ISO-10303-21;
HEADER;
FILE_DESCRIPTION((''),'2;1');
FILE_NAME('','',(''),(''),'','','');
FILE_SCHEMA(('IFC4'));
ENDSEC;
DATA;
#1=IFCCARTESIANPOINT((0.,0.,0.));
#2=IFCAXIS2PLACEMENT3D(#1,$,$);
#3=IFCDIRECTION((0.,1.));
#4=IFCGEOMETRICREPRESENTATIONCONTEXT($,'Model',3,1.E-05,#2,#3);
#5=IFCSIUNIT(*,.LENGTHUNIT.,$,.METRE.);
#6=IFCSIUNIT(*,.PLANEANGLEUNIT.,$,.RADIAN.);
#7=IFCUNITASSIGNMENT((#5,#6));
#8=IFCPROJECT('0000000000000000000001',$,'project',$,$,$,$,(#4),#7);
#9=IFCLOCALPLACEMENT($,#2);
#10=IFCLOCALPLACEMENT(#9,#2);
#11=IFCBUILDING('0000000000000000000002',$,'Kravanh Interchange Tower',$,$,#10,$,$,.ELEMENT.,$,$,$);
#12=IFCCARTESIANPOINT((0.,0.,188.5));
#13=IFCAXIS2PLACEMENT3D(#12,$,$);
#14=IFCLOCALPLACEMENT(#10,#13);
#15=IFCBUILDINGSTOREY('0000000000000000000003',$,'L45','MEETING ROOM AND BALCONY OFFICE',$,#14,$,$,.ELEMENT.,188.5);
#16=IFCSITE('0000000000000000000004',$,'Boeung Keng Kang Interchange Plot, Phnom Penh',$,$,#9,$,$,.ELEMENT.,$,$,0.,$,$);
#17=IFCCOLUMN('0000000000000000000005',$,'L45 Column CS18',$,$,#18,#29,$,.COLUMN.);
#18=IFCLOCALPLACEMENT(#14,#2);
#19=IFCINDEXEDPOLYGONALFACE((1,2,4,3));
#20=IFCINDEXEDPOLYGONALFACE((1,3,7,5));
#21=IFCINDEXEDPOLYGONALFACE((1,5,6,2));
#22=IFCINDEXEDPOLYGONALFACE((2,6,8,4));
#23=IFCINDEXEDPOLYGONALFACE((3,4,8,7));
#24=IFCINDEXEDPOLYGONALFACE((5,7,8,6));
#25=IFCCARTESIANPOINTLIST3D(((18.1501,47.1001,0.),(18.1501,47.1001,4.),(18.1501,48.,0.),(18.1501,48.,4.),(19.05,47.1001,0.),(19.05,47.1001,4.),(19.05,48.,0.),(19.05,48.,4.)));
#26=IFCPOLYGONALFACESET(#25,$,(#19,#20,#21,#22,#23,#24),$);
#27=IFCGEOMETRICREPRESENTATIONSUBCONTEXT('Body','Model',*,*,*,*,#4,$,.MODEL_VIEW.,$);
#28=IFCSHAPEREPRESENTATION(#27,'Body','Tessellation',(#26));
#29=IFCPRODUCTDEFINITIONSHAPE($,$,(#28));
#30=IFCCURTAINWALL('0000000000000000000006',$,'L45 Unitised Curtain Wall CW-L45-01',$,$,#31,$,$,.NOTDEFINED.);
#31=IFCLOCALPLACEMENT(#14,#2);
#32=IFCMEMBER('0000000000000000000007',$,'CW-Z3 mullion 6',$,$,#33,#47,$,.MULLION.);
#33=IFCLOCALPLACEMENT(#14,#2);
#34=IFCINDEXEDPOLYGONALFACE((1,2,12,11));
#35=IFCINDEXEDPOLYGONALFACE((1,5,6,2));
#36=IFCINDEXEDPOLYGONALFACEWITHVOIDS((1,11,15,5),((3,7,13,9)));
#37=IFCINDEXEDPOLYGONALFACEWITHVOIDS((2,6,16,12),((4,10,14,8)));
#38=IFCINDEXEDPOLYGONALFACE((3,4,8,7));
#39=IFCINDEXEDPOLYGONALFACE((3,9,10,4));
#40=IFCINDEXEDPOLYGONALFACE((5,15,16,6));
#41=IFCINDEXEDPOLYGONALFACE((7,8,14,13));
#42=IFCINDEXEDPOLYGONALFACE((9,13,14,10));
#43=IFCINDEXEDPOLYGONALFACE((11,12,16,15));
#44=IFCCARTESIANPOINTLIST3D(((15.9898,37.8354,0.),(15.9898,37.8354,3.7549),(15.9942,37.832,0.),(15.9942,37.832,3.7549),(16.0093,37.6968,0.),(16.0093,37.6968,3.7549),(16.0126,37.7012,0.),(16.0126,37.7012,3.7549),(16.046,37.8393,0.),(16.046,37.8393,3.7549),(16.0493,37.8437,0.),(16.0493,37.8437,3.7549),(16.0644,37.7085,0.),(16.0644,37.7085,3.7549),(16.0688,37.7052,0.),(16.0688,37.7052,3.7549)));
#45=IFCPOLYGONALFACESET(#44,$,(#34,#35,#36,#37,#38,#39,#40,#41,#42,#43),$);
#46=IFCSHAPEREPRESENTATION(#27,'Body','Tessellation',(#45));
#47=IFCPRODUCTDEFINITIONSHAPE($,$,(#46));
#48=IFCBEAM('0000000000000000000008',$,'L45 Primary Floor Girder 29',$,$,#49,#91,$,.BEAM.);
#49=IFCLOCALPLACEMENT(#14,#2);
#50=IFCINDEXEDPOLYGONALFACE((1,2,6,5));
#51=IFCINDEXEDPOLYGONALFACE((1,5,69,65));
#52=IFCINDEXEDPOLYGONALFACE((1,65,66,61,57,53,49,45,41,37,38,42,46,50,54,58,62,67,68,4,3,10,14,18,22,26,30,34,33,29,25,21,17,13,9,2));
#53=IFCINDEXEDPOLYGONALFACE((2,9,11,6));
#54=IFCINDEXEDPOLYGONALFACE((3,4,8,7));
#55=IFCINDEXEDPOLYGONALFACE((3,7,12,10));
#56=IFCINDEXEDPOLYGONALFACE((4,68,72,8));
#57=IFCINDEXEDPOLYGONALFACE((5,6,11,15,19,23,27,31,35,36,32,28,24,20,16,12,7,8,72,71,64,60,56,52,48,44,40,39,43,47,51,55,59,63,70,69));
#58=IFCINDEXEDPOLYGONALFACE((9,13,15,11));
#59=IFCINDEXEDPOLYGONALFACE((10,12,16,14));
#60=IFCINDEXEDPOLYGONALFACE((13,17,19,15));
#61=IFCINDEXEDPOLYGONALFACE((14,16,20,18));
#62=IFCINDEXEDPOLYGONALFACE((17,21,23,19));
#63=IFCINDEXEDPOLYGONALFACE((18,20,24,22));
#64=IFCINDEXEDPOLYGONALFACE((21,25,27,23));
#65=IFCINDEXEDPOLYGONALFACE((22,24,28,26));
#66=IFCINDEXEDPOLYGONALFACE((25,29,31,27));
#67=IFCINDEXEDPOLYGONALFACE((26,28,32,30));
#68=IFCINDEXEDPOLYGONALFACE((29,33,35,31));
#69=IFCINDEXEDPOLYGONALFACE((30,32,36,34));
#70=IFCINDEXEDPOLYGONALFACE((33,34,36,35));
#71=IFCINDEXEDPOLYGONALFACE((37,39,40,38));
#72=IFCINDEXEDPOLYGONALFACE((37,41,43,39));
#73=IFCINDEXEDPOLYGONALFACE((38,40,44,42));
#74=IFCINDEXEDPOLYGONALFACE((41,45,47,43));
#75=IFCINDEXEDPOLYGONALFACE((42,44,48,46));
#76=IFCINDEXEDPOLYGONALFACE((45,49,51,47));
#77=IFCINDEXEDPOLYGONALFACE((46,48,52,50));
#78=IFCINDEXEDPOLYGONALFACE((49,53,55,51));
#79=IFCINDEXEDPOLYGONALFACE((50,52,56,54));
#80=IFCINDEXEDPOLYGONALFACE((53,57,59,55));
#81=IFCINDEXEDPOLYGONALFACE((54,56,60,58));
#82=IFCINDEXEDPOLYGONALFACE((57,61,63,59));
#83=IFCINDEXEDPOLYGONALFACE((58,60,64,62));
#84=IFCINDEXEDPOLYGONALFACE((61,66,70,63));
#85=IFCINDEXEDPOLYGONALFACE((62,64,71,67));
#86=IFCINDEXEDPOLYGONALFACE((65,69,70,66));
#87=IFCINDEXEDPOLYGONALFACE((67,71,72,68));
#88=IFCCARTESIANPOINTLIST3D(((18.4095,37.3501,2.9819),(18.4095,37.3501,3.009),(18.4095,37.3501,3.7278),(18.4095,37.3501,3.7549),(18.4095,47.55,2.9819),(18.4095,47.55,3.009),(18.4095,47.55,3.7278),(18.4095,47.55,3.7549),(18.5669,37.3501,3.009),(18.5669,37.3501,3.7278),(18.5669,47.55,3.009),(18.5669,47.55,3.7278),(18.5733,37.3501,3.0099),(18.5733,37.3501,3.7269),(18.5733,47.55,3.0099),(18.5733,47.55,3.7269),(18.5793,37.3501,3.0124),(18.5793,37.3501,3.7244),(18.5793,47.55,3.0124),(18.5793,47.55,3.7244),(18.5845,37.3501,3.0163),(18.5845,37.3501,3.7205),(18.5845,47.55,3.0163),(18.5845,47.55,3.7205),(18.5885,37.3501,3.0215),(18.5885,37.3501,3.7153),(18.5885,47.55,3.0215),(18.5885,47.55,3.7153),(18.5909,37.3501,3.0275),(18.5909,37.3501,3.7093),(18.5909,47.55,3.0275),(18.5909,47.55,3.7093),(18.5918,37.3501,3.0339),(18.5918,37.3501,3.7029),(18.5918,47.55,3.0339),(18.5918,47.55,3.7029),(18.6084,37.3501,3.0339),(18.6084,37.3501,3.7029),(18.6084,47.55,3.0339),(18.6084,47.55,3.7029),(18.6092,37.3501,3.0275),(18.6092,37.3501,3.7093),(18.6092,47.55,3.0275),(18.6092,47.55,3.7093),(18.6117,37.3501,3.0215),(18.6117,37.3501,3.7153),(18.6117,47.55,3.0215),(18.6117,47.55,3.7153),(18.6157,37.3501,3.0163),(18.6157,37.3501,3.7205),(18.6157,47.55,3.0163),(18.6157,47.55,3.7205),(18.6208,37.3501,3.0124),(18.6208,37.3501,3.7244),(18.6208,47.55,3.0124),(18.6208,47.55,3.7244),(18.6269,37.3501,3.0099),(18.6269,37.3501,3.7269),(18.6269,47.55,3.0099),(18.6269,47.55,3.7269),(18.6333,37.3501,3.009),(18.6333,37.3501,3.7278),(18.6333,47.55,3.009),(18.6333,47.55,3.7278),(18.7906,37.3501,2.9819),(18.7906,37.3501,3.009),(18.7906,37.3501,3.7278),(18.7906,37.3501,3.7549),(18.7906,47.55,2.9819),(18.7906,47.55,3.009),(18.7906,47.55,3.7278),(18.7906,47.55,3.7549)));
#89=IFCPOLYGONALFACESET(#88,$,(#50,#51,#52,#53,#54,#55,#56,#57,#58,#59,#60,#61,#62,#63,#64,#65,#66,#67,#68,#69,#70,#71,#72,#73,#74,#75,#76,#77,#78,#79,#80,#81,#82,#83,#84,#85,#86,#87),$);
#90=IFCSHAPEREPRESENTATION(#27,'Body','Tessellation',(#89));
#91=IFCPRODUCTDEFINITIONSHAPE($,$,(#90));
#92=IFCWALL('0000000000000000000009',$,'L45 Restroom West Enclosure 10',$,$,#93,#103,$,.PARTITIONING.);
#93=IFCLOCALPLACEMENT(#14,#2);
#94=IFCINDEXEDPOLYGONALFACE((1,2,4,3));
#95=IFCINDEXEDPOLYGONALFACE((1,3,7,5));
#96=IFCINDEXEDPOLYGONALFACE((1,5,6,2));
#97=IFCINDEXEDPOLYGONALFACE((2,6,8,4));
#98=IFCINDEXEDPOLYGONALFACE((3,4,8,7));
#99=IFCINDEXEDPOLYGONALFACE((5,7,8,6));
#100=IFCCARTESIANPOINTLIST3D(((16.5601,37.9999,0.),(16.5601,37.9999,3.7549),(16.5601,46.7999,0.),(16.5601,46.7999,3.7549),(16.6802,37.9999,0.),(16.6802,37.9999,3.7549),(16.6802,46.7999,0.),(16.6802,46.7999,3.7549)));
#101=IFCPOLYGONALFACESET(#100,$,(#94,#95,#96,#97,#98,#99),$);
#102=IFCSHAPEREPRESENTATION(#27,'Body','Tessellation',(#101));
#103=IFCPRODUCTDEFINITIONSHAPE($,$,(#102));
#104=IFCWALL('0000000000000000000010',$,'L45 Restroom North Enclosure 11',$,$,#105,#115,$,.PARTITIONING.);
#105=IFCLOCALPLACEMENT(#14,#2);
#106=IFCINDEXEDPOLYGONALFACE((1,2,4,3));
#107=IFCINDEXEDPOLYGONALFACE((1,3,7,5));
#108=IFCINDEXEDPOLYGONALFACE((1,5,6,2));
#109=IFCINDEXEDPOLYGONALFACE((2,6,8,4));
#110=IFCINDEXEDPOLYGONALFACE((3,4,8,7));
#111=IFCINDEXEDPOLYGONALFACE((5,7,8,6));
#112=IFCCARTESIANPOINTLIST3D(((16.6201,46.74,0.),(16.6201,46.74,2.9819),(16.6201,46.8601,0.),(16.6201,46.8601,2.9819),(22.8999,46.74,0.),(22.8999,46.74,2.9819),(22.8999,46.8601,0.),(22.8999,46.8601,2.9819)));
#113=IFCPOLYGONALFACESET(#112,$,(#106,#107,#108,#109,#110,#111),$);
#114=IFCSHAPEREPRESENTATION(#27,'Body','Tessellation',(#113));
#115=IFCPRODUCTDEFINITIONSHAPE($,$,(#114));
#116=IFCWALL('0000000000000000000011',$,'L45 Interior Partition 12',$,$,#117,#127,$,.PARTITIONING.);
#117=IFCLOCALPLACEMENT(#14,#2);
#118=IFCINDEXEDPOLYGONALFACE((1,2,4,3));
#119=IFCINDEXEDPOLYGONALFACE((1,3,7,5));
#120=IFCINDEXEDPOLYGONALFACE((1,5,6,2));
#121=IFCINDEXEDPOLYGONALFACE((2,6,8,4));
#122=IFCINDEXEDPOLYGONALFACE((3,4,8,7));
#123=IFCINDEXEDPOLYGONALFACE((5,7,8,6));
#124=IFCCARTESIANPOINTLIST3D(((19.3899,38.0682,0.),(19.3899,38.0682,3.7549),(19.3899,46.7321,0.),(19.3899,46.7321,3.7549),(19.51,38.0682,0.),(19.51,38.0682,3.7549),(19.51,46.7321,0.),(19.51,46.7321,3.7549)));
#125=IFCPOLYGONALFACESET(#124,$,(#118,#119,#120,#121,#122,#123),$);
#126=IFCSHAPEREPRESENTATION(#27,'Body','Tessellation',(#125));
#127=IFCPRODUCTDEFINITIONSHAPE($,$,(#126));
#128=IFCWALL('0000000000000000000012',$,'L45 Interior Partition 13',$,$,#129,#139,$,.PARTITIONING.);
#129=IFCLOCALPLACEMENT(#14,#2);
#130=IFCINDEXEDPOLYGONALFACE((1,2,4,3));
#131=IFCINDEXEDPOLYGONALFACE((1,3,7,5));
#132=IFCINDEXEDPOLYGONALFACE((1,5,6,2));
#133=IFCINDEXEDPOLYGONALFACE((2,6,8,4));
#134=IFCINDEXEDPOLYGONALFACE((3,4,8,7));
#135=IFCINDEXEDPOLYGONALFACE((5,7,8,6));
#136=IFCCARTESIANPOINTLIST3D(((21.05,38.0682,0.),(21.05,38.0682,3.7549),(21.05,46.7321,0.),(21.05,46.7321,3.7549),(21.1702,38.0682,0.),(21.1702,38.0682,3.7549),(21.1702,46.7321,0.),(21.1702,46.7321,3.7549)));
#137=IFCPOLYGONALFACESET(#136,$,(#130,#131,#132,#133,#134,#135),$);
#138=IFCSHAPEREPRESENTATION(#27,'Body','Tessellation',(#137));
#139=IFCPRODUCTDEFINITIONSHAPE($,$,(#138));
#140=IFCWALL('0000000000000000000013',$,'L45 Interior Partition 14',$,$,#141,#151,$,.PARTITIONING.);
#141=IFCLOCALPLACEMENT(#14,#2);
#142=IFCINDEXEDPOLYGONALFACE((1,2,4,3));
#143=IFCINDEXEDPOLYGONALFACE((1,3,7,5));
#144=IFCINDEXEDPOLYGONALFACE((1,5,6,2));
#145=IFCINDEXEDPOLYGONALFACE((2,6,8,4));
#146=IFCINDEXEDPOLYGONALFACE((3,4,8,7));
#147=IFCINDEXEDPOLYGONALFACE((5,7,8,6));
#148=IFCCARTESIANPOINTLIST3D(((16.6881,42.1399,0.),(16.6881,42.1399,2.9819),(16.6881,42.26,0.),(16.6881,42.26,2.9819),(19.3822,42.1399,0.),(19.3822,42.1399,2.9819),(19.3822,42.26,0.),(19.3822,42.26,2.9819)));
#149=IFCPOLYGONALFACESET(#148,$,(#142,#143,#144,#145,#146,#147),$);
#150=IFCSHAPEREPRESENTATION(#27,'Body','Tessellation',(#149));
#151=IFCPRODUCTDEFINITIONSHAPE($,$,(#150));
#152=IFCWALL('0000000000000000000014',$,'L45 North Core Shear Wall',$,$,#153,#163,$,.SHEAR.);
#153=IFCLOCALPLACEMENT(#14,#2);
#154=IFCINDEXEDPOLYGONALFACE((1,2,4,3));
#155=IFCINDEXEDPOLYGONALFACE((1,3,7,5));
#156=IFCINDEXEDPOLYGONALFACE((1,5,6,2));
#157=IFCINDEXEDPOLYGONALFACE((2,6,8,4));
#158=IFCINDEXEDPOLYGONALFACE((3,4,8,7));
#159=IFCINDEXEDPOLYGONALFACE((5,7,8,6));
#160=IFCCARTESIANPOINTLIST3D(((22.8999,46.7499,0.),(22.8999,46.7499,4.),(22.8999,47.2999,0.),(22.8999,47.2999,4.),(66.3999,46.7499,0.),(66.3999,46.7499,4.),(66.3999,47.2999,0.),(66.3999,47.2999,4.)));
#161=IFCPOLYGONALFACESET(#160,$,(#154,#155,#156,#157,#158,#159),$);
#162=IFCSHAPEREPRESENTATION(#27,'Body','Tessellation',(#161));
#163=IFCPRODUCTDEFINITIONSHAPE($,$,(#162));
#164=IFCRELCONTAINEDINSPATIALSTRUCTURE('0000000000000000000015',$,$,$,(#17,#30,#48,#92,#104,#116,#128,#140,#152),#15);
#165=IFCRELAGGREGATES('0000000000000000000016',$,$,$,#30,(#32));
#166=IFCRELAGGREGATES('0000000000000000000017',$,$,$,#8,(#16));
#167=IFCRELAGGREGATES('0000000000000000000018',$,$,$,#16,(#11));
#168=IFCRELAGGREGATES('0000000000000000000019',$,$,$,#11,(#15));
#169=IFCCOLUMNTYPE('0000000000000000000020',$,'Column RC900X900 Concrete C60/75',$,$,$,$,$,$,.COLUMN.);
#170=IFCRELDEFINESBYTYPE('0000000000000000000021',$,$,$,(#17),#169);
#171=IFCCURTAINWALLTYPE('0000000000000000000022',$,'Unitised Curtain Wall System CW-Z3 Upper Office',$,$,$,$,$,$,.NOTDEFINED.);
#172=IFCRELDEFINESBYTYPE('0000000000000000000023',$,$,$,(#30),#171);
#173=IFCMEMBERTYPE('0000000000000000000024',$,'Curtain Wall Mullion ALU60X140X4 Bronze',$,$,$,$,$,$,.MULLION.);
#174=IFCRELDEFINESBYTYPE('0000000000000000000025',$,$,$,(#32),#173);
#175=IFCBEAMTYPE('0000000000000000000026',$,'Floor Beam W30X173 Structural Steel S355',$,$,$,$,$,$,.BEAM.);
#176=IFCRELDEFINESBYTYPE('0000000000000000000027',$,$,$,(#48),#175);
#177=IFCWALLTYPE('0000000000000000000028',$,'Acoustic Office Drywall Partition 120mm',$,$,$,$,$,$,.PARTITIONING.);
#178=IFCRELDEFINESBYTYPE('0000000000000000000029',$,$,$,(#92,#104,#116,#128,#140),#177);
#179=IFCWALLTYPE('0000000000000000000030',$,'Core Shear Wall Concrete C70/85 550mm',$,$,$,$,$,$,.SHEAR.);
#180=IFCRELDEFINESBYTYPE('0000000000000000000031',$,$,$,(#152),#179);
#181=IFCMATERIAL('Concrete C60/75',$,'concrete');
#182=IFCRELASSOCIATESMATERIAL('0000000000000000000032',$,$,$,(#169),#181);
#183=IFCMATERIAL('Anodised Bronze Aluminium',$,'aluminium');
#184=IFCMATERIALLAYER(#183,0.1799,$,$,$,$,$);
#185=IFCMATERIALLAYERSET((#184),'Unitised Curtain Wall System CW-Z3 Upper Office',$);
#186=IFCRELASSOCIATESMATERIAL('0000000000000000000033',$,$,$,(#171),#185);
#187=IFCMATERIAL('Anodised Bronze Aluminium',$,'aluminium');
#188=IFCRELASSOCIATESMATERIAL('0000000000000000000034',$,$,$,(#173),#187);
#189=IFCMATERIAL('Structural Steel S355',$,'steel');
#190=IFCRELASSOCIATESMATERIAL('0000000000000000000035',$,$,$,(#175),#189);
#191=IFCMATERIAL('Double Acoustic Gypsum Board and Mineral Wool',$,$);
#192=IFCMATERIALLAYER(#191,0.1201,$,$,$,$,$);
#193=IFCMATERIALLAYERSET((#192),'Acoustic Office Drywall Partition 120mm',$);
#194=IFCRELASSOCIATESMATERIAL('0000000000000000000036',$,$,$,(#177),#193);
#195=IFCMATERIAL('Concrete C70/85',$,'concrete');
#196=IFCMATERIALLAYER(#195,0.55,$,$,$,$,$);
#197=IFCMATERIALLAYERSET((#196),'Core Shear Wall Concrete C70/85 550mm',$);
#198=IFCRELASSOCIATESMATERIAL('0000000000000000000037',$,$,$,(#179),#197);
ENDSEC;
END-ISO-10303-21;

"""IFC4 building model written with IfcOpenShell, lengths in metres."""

from ifc_helpers import new_model, si_unit, direction, frame, frame_2d, origin, origin_2d, place, context, subcontext, project, spatial, rectangle, hollow_rectangle, i_section, extrude, material, layer, layer_set, material_profile, profile_set, type_object, element, aggregate, save


model = new_model("IFC4")

# Units and contexts
model_context = context("Model", 3, precision=1e-05, world=origin(), true_north=direction((0.0, 1.0)))
body_context = subcontext(model_context, "Body", "Model", "MODEL_VIEW")
ifc_project = project(units=[si_unit("LENGTHUNIT", "METRE"), si_unit("PLANEANGLEUNIT", "RADIAN")], contexts=[model_context])

# Site, building, storey
site_placement = place(None, origin())
site = spatial("IfcSite", under=ifc_project, at=site_placement, Name="Boeung Keng Kang Interchange Plot, Phnom Penh", CompositionType="ELEMENT", RefElevation=0.0)
building_placement = place(site_placement, origin())
building = spatial("IfcBuilding", under=site, at=building_placement, Name="Kravanh Interchange Tower", CompositionType="ELEMENT")
storey_placement = place(building_placement, frame((0.0, 0.0, 188.5)))
storey = spatial("IfcBuildingStorey", under=building, at=storey_placement, Name="L45", Description="MEETING ROOM AND BALCONY OFFICE", CompositionType="ELEMENT", Elevation=188.5)

# Column
ifc_material_1 = material(Name="Concrete C60/75", Category="concrete")
ifc_material_profile_1 = material_profile(ifc_material_1, rectangle(XDim=0.8999, YDim=0.8999, at=origin_2d()), Name="RC900X900")
ifc_profile_set_1 = profile_set([ifc_material_profile_1], Name="Concrete C60/75")
column_type = type_object("IfcColumnType", Name="Column RC900X900 Concrete C60/75", PredefinedType="COLUMN", material=ifc_profile_set_1)
column_placement = place(storey_placement, frame((18.6001, 47.55, 0.0), z_axis=(0.0, 0.0, 1.0), x_axis=(1.0, 0.0, 0.0)))
element("IfcColumn", 1, at=column_placement, inside=storey, type_object=column_type, Name="L45 Column CS18", PredefinedType="COLUMN", context=body_context, shape_type="SweptSolid", body=[
    extrude(rectangle(XDim=0.8999, YDim=0.8999, at=origin_2d()), origin(), (0.0, 0.0, 1.0), 4.0),
])

# Curtain wall, member
ifc_material_2 = material(Name="Anodised Bronze Aluminium", Category="aluminium")
ifc_layer_1 = layer(ifc_material_2, 0.1799)
ifc_layer_set_1 = layer_set([ifc_layer_1], Name="Unitised Curtain Wall System CW-Z3 Upper Office")
curtain_wall_type = type_object("IfcCurtainWallType", Name="Unitised Curtain Wall System CW-Z3 Upper Office", PredefinedType="NOTDEFINED", material=ifc_layer_set_1)
curtain_wall_placement = place(storey_placement, origin())
curtain_wall = element("IfcCurtainWall", 2, at=curtain_wall_placement, inside=storey, type_object=curtain_wall_type, Name="L45 Unitised Curtain Wall CW-L45-01", PredefinedType="NOTDEFINED")
ifc_material_3 = material(Name="Anodised Bronze Aluminium", Category="aluminium")
ifc_material_profile_2 = material_profile(ifc_material_3, hollow_rectangle(XDim=0.0601, YDim=0.1399, WallThickness=0.0039, at=origin_2d()), Name="ALU60X140X4")
ifc_profile_set_2 = profile_set([ifc_material_profile_2], Name="Anodised Bronze Aluminium")
member_type = type_object("IfcMemberType", Name="Curtain Wall Mullion ALU60X140X4 Bronze", PredefinedType="MULLION", material=ifc_profile_set_2)
member_placement = place(storey_placement, frame((16.0293, 37.7703, 0.0), z_axis=(0.0, 0.0, 1.0), x_axis=(-0.990268, -0.139172, 0.0)))
member = element("IfcMember", 3, at=member_placement, type_object=member_type, Name="CW-Z3 mullion 6", PredefinedType="MULLION", context=body_context, shape_type="SweptSolid", body=[
    extrude(hollow_rectangle(XDim=0.0601, YDim=0.1399, WallThickness=0.0039, at=origin_2d()), origin(), (0.0, 0.0, 1.0), 3.7549),
])
aggregate(curtain_wall, [member])

# Beam
ifc_material_4 = material(Name="Structural Steel S355", Category="steel")
ifc_material_profile_3 = material_profile(ifc_material_4, i_section(OverallWidth=0.3811, OverallDepth=0.7729, WebThickness=0.0166, FlangeThickness=0.0271, FilletRadius=0.0249, at=origin_2d()), Name="W30X173")
ifc_profile_set_3 = profile_set([ifc_material_profile_3], Name="Structural Steel S355")
beam_type = type_object("IfcBeamType", Name="Floor Beam W30X173 Structural Steel S355", PredefinedType="BEAM", material=ifc_profile_set_3)
beam_placement = place(storey_placement, frame((18.6001, 37.3501, 3.3684), z_axis=(0.0, 1.0, 0.0), x_axis=(-1.0, 0.0, 0.0)))
element("IfcBeam", 4, at=beam_placement, inside=storey, type_object=beam_type, Name="L45 Primary Floor Girder 29", PredefinedType="BEAM", context=body_context, shape_type="SweptSolid", body=[
    extrude(i_section(OverallWidth=0.3811, OverallDepth=0.7729, WebThickness=0.0166, FlangeThickness=0.0271, FilletRadius=0.0249, at=origin_2d()), origin(), (0.0, 0.0, 1.0), 10.2),
])

# Shared definitions
ifc_material_5 = material(Name="Double Acoustic Gypsum Board and Mineral Wool")
ifc_layer_2 = layer(ifc_material_5, 0.1201)
ifc_layer_set_2 = layer_set([ifc_layer_2], Name="Acoustic Office Drywall Partition 120mm")
wall_type_1 = type_object("IfcWallType", Name="Acoustic Office Drywall Partition 120mm", PredefinedType="PARTITIONING", material=ifc_layer_set_2)

# Walls
wall_1_placement = place(storey_placement, frame((16.6201, 38.0, 0.0), z_axis=(0.0, 0.0, 1.0), x_axis=(0.0, 1.0, 0.0)))
element("IfcWall", 5, at=wall_1_placement, inside=storey, type_object=wall_type_1, Name="L45 Restroom West Enclosure 10", PredefinedType="PARTITIONING", context=body_context, shape_type="SweptSolid", body=[
    extrude(rectangle(XDim=8.8, YDim=0.1201, at=frame_2d((4.3999, 0.0))), origin(), (0.0, 0.0, 1.0), 3.7549),
])
wall_2_placement = place(storey_placement, frame((16.6201, 46.8, 0.0), z_axis=(0.0, 0.0, 1.0), x_axis=(1.0, 0.0, 0.0)))
element("IfcWall", 6, at=wall_2_placement, inside=storey, type_object=wall_type_1, Name="L45 Restroom North Enclosure 11", PredefinedType="PARTITIONING", context=body_context, shape_type="SweptSolid", body=[
    extrude(rectangle(XDim=6.2798, YDim=0.1201, at=frame_2d((3.1399, 0.0))), origin(), (0.0, 0.0, 1.0), 2.9819),
])
for number, where, z_axis, x_axis, name in (
    (7, (19.45, 38.0681, 0.0), (0.0, 0.0, 1.0), (0.0, 1.0, 0.0), "L45 Interior Partition 12"),
    (8, (21.1101, 38.0681, 0.0), (0.0, 0.0, 1.0), (0.0, 1.0, 0.0), "L45 Interior Partition 13"),
):
    element("IfcWall", number, at=place(storey_placement, frame(where, z_axis=z_axis, x_axis=x_axis)), inside=storey, type_object=wall_type_1, Name=name, PredefinedType="PARTITIONING", context=body_context, shape_type="SweptSolid", body=[
        extrude(rectangle(XDim=8.6638, YDim=0.1201, at=frame_2d((4.332, 0.0))), origin(), (0.0, 0.0, 1.0), 3.7549),
    ])
wall_3_placement = place(storey_placement, frame((16.688, 42.2, 0.0), z_axis=(0.0, 0.0, 1.0), x_axis=(1.0, 0.0, 0.0)))
element("IfcWall", 9, at=wall_3_placement, inside=storey, type_object=wall_type_1, Name="L45 Interior Partition 14", PredefinedType="PARTITIONING", context=body_context, shape_type="SweptSolid", body=[
    extrude(rectangle(XDim=2.6941, YDim=0.1201, at=frame_2d((1.3472, 0.0))), origin(), (0.0, 0.0, 1.0), 2.9819),
])
ifc_material_6 = material(Name="Concrete C70/85", Category="concrete")
ifc_layer_3 = layer(ifc_material_6, 0.55)
ifc_layer_set_3 = layer_set([ifc_layer_3], Name="Core Shear Wall Concrete C70/85 550mm")
wall_type_2 = type_object("IfcWallType", Name="Core Shear Wall Concrete C70/85 550mm", PredefinedType="SHEAR", material=ifc_layer_set_3)
wall_4_placement = place(storey_placement, frame((22.8999, 47.0249, 0.0), z_axis=(0.0, 0.0, 1.0), x_axis=(1.0, 0.0, 0.0)))
element("IfcWall", 10, at=wall_4_placement, inside=storey, type_object=wall_type_2, Name="L45 North Core Shear Wall", PredefinedType="SHEAR", context=body_context, shape_type="SweptSolid", body=[
    extrude(rectangle(XDim=43.5, YDim=0.55, at=frame_2d((21.75, 0.0))), origin(), (0.0, 0.0, 1.0), 4.0),
])

save(model, "model.ifc")
